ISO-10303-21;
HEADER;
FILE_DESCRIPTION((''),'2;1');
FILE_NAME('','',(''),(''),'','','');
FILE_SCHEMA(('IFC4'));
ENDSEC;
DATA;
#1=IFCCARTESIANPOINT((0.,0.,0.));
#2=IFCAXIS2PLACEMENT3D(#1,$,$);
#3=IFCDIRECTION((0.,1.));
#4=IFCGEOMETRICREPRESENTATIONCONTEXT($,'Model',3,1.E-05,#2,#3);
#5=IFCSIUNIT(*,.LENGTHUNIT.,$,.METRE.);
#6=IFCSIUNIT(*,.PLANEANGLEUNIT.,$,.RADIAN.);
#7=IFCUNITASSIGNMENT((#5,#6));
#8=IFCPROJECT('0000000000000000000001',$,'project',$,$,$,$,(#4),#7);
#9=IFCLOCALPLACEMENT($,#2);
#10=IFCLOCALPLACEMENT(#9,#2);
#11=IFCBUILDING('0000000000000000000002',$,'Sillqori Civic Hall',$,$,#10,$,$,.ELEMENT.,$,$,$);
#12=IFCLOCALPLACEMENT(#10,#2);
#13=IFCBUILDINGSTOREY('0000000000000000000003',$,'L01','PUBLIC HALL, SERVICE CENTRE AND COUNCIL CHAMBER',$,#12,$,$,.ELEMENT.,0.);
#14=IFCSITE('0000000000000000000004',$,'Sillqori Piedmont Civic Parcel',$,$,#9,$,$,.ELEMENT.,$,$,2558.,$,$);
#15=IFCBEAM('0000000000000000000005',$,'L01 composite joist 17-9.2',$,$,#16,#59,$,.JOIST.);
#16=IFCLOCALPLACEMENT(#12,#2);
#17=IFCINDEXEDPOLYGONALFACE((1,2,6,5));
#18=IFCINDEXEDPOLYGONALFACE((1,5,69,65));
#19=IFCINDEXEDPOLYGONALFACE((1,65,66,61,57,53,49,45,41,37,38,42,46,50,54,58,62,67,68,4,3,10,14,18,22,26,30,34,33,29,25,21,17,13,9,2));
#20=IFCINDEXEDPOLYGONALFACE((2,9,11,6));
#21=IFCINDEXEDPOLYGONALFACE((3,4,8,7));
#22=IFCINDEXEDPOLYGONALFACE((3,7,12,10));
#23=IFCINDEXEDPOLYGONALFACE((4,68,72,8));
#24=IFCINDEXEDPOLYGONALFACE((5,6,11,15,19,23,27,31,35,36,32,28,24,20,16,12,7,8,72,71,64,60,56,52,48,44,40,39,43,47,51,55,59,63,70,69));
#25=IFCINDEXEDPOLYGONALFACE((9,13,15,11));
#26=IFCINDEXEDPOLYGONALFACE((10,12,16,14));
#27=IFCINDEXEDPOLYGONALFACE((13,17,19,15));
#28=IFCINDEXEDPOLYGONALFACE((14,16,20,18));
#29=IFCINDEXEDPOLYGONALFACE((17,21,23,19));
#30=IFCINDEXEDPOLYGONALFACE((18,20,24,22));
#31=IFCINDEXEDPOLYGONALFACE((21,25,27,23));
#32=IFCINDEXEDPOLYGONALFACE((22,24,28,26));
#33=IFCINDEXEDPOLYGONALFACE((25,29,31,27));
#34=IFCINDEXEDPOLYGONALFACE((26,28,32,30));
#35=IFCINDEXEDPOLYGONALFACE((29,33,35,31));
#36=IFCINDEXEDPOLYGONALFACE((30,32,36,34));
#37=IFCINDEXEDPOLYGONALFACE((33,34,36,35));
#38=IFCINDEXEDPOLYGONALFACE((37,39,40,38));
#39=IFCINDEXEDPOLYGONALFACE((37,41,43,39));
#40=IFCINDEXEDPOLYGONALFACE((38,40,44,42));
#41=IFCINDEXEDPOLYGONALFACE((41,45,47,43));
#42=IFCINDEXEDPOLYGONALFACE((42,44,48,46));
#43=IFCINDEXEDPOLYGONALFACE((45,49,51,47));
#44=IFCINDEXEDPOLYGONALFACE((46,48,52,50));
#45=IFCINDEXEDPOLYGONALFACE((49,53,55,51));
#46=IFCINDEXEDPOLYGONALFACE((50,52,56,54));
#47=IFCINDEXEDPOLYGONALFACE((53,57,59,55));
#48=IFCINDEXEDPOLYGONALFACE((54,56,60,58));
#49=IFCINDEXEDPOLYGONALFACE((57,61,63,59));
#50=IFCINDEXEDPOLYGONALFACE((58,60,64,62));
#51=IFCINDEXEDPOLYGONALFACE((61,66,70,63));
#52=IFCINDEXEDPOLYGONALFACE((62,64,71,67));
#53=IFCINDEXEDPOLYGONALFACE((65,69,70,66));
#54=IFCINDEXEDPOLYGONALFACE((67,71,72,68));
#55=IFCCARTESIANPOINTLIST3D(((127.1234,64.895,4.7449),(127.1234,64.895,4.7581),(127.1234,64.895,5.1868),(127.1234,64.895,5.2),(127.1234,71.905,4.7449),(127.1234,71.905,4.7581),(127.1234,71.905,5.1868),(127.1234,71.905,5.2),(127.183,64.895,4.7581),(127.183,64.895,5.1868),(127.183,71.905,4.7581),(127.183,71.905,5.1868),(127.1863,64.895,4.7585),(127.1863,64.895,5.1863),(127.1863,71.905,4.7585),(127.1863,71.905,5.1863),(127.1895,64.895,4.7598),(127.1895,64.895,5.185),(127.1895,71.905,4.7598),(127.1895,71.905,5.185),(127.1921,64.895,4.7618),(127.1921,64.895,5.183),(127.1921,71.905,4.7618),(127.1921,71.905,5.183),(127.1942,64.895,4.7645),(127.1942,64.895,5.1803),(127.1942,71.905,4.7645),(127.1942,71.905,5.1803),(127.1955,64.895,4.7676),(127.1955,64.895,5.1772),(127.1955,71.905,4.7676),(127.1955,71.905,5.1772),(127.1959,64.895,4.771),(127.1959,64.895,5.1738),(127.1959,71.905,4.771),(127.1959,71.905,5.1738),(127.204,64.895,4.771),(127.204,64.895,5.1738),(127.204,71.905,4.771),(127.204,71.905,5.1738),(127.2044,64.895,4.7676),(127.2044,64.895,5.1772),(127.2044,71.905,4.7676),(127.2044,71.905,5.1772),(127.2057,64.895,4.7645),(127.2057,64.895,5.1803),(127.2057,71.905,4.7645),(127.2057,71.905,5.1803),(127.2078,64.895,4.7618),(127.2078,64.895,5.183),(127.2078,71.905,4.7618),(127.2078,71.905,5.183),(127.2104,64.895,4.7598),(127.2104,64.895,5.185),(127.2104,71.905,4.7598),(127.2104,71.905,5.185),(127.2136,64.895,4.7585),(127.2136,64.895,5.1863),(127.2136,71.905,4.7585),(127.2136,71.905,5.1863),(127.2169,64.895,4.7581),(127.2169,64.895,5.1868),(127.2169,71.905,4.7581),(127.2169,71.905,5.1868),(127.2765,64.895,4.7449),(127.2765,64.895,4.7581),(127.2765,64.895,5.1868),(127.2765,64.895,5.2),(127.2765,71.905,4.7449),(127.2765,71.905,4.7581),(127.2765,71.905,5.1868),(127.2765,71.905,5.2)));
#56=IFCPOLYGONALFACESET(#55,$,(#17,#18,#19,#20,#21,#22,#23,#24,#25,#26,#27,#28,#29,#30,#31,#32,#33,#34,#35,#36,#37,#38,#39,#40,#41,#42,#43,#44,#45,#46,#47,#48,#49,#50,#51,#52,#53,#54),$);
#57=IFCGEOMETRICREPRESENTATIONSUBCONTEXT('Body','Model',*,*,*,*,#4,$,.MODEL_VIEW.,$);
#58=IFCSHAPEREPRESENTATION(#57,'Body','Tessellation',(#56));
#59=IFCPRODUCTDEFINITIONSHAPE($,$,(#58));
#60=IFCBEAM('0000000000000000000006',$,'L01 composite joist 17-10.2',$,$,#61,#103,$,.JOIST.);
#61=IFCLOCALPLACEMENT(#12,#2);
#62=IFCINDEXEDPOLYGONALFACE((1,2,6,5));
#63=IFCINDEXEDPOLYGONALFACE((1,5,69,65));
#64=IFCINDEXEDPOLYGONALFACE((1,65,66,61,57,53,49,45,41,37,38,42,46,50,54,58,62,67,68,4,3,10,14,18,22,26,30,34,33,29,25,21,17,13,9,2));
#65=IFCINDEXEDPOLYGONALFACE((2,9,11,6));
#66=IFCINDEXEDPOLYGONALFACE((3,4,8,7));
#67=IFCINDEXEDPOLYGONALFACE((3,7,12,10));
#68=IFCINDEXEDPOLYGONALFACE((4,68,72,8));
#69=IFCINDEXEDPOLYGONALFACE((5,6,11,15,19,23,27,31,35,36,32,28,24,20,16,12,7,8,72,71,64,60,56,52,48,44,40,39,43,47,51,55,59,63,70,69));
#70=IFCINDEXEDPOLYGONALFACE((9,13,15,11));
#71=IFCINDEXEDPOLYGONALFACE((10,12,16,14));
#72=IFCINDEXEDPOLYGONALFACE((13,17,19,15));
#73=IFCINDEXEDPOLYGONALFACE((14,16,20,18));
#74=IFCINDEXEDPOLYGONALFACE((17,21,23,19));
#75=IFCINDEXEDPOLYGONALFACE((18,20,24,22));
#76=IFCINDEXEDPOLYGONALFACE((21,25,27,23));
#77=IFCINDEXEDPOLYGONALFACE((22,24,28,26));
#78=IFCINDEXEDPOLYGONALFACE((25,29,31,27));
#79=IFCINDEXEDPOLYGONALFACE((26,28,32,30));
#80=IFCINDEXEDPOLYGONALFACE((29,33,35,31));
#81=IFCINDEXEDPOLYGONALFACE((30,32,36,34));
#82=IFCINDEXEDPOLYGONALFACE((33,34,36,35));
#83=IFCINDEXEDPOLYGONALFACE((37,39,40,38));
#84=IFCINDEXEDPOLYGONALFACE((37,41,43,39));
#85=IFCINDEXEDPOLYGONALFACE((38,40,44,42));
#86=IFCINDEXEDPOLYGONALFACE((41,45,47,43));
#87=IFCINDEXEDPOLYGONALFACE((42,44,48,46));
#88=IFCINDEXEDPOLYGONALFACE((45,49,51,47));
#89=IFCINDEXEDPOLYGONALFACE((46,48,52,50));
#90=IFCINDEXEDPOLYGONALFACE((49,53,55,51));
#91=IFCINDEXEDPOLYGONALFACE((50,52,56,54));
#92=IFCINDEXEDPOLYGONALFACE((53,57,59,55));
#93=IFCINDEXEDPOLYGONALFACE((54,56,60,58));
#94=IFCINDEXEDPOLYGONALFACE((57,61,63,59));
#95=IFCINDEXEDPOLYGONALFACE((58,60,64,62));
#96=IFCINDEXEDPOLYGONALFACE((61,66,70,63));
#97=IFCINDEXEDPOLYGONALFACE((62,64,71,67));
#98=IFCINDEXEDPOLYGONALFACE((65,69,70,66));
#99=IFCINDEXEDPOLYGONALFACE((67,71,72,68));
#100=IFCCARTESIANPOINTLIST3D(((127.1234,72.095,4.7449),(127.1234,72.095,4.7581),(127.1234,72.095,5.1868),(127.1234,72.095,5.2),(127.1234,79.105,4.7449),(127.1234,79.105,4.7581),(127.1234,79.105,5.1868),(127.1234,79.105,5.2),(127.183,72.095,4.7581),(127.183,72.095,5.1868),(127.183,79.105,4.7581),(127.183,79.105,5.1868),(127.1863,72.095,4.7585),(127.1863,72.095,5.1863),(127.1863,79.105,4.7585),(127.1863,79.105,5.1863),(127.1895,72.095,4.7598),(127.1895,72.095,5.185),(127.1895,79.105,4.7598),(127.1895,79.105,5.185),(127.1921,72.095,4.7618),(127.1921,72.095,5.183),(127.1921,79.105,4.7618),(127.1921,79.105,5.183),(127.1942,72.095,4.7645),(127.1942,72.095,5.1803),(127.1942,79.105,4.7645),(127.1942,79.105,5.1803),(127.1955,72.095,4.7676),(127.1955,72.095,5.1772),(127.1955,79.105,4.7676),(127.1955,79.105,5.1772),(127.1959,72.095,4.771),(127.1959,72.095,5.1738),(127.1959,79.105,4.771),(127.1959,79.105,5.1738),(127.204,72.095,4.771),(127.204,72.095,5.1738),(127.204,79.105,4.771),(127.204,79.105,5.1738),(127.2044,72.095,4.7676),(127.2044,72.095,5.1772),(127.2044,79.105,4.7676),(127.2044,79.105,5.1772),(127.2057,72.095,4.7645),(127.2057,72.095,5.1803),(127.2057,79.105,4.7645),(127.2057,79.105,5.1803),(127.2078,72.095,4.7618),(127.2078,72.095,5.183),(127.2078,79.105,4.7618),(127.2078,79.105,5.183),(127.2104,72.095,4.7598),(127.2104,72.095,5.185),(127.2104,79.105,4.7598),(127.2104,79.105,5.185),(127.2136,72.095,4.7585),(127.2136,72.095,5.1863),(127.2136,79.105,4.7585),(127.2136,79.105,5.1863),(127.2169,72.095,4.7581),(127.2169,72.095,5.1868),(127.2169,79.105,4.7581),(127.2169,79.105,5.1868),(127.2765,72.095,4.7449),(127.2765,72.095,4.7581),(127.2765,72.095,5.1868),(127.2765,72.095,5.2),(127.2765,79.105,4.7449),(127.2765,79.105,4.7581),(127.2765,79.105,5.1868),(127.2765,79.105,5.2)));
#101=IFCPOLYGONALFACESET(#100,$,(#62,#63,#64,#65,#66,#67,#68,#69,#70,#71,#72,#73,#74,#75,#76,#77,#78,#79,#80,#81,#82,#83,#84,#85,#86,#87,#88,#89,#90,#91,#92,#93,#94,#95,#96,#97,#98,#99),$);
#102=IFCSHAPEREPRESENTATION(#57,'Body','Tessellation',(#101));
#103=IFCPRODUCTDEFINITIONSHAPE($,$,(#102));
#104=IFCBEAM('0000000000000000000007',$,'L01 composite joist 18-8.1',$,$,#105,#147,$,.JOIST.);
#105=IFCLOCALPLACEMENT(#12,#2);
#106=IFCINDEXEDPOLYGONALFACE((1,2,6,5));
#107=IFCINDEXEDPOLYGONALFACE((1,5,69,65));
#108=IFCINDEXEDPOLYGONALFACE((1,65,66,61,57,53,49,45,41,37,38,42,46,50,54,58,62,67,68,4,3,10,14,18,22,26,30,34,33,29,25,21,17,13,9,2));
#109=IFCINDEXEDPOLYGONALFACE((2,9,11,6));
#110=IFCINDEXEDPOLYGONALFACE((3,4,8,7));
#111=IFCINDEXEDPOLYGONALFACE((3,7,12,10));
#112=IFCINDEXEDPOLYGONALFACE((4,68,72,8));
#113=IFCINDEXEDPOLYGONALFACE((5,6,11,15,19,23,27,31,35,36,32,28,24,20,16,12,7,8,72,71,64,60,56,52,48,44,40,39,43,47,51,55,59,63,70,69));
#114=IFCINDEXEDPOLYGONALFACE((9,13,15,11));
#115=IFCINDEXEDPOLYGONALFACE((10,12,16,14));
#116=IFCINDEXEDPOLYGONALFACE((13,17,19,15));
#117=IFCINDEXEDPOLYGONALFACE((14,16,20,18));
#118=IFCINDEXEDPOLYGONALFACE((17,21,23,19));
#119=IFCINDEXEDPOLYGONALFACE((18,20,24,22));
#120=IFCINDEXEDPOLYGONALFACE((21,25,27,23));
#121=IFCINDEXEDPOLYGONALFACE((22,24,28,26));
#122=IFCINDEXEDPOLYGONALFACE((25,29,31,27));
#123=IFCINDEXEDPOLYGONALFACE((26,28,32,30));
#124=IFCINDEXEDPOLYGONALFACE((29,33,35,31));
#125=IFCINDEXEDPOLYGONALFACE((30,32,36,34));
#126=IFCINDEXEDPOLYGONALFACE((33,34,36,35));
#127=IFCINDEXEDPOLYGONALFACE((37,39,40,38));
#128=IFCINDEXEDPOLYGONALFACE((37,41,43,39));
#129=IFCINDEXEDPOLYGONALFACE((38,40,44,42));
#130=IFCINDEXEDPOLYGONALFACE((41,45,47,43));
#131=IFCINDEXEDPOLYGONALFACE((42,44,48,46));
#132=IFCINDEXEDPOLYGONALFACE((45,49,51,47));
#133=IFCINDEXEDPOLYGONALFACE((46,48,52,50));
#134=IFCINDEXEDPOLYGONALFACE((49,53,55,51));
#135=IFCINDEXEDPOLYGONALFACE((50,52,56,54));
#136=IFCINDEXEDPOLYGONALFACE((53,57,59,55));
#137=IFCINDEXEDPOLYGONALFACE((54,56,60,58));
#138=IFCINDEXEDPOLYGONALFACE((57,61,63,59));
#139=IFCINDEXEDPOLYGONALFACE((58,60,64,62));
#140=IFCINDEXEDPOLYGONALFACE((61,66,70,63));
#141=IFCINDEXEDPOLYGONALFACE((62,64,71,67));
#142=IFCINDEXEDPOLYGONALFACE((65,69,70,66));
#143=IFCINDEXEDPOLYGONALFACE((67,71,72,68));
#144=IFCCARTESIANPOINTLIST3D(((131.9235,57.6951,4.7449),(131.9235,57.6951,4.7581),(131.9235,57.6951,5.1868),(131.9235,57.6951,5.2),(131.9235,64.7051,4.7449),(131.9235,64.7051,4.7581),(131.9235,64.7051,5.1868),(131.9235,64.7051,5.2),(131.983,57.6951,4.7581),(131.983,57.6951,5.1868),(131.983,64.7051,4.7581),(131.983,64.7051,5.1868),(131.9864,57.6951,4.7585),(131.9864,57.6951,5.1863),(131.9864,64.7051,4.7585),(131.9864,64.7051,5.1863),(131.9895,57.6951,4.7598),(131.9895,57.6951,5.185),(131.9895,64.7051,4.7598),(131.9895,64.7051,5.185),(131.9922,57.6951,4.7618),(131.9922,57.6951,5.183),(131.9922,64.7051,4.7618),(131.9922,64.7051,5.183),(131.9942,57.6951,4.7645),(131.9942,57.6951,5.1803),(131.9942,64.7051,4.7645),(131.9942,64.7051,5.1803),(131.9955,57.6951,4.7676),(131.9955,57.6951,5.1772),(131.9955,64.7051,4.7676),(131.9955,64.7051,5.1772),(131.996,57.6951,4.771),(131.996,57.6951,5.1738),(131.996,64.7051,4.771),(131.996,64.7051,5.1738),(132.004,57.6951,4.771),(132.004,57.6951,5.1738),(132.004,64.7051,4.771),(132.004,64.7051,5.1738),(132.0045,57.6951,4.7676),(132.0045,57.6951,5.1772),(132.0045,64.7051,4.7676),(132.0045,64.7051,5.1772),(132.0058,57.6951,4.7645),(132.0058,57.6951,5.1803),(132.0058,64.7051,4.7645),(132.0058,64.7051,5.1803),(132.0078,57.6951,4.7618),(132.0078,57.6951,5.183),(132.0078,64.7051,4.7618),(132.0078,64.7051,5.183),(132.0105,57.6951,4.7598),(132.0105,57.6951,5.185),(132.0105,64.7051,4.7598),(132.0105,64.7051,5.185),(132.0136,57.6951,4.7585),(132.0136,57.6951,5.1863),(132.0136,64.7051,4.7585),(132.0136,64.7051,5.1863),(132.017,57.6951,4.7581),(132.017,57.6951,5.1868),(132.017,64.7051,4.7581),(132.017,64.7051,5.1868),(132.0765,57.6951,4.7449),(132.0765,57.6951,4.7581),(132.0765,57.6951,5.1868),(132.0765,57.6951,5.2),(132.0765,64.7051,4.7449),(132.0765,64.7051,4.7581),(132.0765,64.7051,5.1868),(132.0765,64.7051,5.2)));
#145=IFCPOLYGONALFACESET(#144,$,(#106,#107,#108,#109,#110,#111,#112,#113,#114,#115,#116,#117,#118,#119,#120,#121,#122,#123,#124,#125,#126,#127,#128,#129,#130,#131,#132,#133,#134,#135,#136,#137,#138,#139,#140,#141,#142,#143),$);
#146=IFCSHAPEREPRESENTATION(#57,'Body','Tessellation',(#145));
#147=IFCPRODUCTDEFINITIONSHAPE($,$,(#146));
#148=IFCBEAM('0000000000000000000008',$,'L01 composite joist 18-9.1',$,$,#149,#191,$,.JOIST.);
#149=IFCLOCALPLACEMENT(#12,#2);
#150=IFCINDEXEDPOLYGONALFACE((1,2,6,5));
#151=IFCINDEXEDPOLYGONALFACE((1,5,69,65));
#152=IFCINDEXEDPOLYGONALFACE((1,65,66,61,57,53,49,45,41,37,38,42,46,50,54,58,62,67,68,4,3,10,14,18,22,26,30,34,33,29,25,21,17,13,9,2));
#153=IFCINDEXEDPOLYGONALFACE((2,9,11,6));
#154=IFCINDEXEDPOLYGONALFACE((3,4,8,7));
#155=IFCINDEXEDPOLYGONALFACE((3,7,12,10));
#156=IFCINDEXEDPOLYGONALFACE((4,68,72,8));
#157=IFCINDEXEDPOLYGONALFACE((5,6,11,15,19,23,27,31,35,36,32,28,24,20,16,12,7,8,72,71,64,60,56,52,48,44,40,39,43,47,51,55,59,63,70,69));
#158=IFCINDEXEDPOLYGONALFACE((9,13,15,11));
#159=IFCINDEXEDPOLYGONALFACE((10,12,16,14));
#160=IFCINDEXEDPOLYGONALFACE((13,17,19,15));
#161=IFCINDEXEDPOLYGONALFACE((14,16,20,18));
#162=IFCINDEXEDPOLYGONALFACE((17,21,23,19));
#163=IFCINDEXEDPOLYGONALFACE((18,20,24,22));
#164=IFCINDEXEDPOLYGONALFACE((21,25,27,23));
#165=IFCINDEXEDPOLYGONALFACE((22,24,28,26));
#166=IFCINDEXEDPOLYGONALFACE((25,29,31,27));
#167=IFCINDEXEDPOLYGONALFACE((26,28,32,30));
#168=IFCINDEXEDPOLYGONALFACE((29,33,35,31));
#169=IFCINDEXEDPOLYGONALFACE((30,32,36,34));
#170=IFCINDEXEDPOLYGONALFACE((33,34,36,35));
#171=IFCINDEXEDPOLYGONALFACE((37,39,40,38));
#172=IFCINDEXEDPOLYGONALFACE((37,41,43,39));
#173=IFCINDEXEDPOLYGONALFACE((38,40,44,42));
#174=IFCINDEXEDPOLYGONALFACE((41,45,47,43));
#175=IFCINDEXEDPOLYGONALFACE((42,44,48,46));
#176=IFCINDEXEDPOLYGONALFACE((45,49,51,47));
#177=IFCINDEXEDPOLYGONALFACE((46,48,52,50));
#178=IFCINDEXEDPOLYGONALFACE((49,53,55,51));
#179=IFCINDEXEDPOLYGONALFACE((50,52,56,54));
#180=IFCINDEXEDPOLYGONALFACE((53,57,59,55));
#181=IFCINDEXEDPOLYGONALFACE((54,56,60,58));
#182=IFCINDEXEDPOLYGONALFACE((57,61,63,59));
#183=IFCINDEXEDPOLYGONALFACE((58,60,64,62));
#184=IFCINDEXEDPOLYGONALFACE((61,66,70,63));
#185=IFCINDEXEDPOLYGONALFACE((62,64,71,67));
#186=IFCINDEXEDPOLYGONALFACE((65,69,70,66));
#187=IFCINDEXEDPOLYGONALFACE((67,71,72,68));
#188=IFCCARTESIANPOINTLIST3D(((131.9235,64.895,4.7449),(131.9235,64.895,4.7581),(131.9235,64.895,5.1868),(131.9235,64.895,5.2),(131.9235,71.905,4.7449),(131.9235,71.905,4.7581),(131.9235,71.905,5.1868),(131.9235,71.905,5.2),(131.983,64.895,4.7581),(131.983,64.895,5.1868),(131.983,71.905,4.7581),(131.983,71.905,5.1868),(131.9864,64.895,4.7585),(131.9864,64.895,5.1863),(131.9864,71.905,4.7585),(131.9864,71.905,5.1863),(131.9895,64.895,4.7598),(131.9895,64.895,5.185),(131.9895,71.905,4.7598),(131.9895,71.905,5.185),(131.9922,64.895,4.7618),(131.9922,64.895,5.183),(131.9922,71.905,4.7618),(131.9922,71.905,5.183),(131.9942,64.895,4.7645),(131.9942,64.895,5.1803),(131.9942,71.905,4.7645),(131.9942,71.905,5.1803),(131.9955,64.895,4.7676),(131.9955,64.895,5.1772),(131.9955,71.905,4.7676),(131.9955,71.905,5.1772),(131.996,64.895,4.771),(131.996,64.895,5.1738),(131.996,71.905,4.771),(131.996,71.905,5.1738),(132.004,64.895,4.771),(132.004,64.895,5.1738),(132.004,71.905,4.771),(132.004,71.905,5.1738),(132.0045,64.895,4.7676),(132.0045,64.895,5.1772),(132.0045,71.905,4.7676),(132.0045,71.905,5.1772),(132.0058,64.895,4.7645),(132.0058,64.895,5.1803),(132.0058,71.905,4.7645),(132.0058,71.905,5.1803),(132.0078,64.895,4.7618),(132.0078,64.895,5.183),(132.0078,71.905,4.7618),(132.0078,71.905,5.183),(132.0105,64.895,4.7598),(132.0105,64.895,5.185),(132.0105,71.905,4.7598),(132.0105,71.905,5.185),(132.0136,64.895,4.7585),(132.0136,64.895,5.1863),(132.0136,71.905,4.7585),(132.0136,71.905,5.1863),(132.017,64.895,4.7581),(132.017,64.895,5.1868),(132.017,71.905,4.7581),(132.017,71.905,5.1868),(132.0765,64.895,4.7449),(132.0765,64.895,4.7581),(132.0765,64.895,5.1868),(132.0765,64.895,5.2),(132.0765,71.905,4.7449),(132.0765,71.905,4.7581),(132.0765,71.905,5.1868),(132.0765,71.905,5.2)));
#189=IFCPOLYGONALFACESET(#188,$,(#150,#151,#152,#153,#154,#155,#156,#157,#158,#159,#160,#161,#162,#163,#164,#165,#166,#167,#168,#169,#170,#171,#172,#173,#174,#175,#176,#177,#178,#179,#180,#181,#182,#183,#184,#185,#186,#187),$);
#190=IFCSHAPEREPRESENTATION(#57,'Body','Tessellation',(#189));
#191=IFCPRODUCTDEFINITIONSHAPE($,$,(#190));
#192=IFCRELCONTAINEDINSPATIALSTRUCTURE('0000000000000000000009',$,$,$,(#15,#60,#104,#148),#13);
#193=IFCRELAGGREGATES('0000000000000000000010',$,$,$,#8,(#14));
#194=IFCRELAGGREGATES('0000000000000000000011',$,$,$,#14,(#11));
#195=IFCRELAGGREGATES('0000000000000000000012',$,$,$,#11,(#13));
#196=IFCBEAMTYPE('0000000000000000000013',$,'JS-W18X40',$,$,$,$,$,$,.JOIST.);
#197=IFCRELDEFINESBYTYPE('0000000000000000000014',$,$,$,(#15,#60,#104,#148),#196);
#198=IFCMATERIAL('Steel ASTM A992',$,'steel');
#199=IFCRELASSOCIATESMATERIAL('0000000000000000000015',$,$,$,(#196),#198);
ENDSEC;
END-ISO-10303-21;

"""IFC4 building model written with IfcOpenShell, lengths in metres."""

from ifc_helpers import new_model, si_unit, direction, frame, origin, origin_2d, place, context, subcontext, project, spatial, i_section, extrude, material, material_profile, profile_set, type_object, element, save


model = new_model("IFC4")

# Units and contexts
model_context = context("Model", 3, precision=1e-05, world=origin(), true_north=direction((0.0, 1.0)))
body_context = subcontext(model_context, "Body", "Model", "MODEL_VIEW")
ifc_project = project(units=[si_unit("LENGTHUNIT", "METRE"), si_unit("PLANEANGLEUNIT", "RADIAN")], contexts=[model_context])

# Site, building, storey
site_placement = place(None, origin())
site = spatial("IfcSite", under=ifc_project, at=site_placement, Name="Sillqori Piedmont Civic Parcel", CompositionType="ELEMENT", RefElevation=2558.0)
building_placement = place(site_placement, origin())
building = spatial("IfcBuilding", under=site, at=building_placement, Name="Sillqori Civic Hall", CompositionType="ELEMENT")
storey_placement = place(building_placement, origin())
storey = spatial("IfcBuildingStorey", under=building, at=storey_placement, Name="L01", Description="PUBLIC HALL, SERVICE CENTRE AND COUNCIL CHAMBER", CompositionType="ELEMENT", Elevation=0.0)

# Shared definitions
ifc_material_1 = material(Name="Steel ASTM A992", Category="steel")

# Beams
ifc_material_profile_1 = material_profile(ifc_material_1, i_section(OverallWidth=0.1531, OverallDepth=0.4551, WebThickness=0.0081, FlangeThickness=0.0132, FilletRadius=0.0129, at=origin_2d()), Name="W18X40")
ifc_profile_set_1 = profile_set([ifc_material_profile_1], Name="Steel ASTM A992")
beam_type_1 = type_object("IfcBeamType", Name="JS-W18X40", PredefinedType="JOIST", material=ifc_profile_set_1)
for number, where, z_axis, x_axis, name in (
    (1, (127.2, 64.895, 4.9724), (0.0, 1.0, 0.0), (-1.0, 0.0, 0.0), "L01 composite joist 17-9.2"),
    (2, (127.2, 72.095, 4.9724), (0.0, 1.0, 0.0), (-1.0, 0.0, 0.0), "L01 composite joist 17-10.2"),
    (3, (132.0, 57.6951, 4.9724), (0.0, 1.0, 0.0), (-1.0, 0.0, 0.0), "L01 composite joist 18-8.1"),
    (4, (132.0, 64.895, 4.9724), (0.0, 1.0, 0.0), (-1.0, 0.0, 0.0), "L01 composite joist 18-9.1"),
):
    element("IfcBeam", number, at=place(storey_placement, frame(where, z_axis=z_axis, x_axis=x_axis)), inside=storey, type_object=beam_type_1, Name=name, PredefinedType="JOIST", context=body_context, shape_type="SweptSolid", body=[
        extrude(i_section(OverallWidth=0.1531, OverallDepth=0.4551, WebThickness=0.0081, FlangeThickness=0.0132, FilletRadius=0.0129, at=origin_2d()), origin(), (0.0, 0.0, 1.0), 7.01),
    ])

save(model, "model.ifc")
